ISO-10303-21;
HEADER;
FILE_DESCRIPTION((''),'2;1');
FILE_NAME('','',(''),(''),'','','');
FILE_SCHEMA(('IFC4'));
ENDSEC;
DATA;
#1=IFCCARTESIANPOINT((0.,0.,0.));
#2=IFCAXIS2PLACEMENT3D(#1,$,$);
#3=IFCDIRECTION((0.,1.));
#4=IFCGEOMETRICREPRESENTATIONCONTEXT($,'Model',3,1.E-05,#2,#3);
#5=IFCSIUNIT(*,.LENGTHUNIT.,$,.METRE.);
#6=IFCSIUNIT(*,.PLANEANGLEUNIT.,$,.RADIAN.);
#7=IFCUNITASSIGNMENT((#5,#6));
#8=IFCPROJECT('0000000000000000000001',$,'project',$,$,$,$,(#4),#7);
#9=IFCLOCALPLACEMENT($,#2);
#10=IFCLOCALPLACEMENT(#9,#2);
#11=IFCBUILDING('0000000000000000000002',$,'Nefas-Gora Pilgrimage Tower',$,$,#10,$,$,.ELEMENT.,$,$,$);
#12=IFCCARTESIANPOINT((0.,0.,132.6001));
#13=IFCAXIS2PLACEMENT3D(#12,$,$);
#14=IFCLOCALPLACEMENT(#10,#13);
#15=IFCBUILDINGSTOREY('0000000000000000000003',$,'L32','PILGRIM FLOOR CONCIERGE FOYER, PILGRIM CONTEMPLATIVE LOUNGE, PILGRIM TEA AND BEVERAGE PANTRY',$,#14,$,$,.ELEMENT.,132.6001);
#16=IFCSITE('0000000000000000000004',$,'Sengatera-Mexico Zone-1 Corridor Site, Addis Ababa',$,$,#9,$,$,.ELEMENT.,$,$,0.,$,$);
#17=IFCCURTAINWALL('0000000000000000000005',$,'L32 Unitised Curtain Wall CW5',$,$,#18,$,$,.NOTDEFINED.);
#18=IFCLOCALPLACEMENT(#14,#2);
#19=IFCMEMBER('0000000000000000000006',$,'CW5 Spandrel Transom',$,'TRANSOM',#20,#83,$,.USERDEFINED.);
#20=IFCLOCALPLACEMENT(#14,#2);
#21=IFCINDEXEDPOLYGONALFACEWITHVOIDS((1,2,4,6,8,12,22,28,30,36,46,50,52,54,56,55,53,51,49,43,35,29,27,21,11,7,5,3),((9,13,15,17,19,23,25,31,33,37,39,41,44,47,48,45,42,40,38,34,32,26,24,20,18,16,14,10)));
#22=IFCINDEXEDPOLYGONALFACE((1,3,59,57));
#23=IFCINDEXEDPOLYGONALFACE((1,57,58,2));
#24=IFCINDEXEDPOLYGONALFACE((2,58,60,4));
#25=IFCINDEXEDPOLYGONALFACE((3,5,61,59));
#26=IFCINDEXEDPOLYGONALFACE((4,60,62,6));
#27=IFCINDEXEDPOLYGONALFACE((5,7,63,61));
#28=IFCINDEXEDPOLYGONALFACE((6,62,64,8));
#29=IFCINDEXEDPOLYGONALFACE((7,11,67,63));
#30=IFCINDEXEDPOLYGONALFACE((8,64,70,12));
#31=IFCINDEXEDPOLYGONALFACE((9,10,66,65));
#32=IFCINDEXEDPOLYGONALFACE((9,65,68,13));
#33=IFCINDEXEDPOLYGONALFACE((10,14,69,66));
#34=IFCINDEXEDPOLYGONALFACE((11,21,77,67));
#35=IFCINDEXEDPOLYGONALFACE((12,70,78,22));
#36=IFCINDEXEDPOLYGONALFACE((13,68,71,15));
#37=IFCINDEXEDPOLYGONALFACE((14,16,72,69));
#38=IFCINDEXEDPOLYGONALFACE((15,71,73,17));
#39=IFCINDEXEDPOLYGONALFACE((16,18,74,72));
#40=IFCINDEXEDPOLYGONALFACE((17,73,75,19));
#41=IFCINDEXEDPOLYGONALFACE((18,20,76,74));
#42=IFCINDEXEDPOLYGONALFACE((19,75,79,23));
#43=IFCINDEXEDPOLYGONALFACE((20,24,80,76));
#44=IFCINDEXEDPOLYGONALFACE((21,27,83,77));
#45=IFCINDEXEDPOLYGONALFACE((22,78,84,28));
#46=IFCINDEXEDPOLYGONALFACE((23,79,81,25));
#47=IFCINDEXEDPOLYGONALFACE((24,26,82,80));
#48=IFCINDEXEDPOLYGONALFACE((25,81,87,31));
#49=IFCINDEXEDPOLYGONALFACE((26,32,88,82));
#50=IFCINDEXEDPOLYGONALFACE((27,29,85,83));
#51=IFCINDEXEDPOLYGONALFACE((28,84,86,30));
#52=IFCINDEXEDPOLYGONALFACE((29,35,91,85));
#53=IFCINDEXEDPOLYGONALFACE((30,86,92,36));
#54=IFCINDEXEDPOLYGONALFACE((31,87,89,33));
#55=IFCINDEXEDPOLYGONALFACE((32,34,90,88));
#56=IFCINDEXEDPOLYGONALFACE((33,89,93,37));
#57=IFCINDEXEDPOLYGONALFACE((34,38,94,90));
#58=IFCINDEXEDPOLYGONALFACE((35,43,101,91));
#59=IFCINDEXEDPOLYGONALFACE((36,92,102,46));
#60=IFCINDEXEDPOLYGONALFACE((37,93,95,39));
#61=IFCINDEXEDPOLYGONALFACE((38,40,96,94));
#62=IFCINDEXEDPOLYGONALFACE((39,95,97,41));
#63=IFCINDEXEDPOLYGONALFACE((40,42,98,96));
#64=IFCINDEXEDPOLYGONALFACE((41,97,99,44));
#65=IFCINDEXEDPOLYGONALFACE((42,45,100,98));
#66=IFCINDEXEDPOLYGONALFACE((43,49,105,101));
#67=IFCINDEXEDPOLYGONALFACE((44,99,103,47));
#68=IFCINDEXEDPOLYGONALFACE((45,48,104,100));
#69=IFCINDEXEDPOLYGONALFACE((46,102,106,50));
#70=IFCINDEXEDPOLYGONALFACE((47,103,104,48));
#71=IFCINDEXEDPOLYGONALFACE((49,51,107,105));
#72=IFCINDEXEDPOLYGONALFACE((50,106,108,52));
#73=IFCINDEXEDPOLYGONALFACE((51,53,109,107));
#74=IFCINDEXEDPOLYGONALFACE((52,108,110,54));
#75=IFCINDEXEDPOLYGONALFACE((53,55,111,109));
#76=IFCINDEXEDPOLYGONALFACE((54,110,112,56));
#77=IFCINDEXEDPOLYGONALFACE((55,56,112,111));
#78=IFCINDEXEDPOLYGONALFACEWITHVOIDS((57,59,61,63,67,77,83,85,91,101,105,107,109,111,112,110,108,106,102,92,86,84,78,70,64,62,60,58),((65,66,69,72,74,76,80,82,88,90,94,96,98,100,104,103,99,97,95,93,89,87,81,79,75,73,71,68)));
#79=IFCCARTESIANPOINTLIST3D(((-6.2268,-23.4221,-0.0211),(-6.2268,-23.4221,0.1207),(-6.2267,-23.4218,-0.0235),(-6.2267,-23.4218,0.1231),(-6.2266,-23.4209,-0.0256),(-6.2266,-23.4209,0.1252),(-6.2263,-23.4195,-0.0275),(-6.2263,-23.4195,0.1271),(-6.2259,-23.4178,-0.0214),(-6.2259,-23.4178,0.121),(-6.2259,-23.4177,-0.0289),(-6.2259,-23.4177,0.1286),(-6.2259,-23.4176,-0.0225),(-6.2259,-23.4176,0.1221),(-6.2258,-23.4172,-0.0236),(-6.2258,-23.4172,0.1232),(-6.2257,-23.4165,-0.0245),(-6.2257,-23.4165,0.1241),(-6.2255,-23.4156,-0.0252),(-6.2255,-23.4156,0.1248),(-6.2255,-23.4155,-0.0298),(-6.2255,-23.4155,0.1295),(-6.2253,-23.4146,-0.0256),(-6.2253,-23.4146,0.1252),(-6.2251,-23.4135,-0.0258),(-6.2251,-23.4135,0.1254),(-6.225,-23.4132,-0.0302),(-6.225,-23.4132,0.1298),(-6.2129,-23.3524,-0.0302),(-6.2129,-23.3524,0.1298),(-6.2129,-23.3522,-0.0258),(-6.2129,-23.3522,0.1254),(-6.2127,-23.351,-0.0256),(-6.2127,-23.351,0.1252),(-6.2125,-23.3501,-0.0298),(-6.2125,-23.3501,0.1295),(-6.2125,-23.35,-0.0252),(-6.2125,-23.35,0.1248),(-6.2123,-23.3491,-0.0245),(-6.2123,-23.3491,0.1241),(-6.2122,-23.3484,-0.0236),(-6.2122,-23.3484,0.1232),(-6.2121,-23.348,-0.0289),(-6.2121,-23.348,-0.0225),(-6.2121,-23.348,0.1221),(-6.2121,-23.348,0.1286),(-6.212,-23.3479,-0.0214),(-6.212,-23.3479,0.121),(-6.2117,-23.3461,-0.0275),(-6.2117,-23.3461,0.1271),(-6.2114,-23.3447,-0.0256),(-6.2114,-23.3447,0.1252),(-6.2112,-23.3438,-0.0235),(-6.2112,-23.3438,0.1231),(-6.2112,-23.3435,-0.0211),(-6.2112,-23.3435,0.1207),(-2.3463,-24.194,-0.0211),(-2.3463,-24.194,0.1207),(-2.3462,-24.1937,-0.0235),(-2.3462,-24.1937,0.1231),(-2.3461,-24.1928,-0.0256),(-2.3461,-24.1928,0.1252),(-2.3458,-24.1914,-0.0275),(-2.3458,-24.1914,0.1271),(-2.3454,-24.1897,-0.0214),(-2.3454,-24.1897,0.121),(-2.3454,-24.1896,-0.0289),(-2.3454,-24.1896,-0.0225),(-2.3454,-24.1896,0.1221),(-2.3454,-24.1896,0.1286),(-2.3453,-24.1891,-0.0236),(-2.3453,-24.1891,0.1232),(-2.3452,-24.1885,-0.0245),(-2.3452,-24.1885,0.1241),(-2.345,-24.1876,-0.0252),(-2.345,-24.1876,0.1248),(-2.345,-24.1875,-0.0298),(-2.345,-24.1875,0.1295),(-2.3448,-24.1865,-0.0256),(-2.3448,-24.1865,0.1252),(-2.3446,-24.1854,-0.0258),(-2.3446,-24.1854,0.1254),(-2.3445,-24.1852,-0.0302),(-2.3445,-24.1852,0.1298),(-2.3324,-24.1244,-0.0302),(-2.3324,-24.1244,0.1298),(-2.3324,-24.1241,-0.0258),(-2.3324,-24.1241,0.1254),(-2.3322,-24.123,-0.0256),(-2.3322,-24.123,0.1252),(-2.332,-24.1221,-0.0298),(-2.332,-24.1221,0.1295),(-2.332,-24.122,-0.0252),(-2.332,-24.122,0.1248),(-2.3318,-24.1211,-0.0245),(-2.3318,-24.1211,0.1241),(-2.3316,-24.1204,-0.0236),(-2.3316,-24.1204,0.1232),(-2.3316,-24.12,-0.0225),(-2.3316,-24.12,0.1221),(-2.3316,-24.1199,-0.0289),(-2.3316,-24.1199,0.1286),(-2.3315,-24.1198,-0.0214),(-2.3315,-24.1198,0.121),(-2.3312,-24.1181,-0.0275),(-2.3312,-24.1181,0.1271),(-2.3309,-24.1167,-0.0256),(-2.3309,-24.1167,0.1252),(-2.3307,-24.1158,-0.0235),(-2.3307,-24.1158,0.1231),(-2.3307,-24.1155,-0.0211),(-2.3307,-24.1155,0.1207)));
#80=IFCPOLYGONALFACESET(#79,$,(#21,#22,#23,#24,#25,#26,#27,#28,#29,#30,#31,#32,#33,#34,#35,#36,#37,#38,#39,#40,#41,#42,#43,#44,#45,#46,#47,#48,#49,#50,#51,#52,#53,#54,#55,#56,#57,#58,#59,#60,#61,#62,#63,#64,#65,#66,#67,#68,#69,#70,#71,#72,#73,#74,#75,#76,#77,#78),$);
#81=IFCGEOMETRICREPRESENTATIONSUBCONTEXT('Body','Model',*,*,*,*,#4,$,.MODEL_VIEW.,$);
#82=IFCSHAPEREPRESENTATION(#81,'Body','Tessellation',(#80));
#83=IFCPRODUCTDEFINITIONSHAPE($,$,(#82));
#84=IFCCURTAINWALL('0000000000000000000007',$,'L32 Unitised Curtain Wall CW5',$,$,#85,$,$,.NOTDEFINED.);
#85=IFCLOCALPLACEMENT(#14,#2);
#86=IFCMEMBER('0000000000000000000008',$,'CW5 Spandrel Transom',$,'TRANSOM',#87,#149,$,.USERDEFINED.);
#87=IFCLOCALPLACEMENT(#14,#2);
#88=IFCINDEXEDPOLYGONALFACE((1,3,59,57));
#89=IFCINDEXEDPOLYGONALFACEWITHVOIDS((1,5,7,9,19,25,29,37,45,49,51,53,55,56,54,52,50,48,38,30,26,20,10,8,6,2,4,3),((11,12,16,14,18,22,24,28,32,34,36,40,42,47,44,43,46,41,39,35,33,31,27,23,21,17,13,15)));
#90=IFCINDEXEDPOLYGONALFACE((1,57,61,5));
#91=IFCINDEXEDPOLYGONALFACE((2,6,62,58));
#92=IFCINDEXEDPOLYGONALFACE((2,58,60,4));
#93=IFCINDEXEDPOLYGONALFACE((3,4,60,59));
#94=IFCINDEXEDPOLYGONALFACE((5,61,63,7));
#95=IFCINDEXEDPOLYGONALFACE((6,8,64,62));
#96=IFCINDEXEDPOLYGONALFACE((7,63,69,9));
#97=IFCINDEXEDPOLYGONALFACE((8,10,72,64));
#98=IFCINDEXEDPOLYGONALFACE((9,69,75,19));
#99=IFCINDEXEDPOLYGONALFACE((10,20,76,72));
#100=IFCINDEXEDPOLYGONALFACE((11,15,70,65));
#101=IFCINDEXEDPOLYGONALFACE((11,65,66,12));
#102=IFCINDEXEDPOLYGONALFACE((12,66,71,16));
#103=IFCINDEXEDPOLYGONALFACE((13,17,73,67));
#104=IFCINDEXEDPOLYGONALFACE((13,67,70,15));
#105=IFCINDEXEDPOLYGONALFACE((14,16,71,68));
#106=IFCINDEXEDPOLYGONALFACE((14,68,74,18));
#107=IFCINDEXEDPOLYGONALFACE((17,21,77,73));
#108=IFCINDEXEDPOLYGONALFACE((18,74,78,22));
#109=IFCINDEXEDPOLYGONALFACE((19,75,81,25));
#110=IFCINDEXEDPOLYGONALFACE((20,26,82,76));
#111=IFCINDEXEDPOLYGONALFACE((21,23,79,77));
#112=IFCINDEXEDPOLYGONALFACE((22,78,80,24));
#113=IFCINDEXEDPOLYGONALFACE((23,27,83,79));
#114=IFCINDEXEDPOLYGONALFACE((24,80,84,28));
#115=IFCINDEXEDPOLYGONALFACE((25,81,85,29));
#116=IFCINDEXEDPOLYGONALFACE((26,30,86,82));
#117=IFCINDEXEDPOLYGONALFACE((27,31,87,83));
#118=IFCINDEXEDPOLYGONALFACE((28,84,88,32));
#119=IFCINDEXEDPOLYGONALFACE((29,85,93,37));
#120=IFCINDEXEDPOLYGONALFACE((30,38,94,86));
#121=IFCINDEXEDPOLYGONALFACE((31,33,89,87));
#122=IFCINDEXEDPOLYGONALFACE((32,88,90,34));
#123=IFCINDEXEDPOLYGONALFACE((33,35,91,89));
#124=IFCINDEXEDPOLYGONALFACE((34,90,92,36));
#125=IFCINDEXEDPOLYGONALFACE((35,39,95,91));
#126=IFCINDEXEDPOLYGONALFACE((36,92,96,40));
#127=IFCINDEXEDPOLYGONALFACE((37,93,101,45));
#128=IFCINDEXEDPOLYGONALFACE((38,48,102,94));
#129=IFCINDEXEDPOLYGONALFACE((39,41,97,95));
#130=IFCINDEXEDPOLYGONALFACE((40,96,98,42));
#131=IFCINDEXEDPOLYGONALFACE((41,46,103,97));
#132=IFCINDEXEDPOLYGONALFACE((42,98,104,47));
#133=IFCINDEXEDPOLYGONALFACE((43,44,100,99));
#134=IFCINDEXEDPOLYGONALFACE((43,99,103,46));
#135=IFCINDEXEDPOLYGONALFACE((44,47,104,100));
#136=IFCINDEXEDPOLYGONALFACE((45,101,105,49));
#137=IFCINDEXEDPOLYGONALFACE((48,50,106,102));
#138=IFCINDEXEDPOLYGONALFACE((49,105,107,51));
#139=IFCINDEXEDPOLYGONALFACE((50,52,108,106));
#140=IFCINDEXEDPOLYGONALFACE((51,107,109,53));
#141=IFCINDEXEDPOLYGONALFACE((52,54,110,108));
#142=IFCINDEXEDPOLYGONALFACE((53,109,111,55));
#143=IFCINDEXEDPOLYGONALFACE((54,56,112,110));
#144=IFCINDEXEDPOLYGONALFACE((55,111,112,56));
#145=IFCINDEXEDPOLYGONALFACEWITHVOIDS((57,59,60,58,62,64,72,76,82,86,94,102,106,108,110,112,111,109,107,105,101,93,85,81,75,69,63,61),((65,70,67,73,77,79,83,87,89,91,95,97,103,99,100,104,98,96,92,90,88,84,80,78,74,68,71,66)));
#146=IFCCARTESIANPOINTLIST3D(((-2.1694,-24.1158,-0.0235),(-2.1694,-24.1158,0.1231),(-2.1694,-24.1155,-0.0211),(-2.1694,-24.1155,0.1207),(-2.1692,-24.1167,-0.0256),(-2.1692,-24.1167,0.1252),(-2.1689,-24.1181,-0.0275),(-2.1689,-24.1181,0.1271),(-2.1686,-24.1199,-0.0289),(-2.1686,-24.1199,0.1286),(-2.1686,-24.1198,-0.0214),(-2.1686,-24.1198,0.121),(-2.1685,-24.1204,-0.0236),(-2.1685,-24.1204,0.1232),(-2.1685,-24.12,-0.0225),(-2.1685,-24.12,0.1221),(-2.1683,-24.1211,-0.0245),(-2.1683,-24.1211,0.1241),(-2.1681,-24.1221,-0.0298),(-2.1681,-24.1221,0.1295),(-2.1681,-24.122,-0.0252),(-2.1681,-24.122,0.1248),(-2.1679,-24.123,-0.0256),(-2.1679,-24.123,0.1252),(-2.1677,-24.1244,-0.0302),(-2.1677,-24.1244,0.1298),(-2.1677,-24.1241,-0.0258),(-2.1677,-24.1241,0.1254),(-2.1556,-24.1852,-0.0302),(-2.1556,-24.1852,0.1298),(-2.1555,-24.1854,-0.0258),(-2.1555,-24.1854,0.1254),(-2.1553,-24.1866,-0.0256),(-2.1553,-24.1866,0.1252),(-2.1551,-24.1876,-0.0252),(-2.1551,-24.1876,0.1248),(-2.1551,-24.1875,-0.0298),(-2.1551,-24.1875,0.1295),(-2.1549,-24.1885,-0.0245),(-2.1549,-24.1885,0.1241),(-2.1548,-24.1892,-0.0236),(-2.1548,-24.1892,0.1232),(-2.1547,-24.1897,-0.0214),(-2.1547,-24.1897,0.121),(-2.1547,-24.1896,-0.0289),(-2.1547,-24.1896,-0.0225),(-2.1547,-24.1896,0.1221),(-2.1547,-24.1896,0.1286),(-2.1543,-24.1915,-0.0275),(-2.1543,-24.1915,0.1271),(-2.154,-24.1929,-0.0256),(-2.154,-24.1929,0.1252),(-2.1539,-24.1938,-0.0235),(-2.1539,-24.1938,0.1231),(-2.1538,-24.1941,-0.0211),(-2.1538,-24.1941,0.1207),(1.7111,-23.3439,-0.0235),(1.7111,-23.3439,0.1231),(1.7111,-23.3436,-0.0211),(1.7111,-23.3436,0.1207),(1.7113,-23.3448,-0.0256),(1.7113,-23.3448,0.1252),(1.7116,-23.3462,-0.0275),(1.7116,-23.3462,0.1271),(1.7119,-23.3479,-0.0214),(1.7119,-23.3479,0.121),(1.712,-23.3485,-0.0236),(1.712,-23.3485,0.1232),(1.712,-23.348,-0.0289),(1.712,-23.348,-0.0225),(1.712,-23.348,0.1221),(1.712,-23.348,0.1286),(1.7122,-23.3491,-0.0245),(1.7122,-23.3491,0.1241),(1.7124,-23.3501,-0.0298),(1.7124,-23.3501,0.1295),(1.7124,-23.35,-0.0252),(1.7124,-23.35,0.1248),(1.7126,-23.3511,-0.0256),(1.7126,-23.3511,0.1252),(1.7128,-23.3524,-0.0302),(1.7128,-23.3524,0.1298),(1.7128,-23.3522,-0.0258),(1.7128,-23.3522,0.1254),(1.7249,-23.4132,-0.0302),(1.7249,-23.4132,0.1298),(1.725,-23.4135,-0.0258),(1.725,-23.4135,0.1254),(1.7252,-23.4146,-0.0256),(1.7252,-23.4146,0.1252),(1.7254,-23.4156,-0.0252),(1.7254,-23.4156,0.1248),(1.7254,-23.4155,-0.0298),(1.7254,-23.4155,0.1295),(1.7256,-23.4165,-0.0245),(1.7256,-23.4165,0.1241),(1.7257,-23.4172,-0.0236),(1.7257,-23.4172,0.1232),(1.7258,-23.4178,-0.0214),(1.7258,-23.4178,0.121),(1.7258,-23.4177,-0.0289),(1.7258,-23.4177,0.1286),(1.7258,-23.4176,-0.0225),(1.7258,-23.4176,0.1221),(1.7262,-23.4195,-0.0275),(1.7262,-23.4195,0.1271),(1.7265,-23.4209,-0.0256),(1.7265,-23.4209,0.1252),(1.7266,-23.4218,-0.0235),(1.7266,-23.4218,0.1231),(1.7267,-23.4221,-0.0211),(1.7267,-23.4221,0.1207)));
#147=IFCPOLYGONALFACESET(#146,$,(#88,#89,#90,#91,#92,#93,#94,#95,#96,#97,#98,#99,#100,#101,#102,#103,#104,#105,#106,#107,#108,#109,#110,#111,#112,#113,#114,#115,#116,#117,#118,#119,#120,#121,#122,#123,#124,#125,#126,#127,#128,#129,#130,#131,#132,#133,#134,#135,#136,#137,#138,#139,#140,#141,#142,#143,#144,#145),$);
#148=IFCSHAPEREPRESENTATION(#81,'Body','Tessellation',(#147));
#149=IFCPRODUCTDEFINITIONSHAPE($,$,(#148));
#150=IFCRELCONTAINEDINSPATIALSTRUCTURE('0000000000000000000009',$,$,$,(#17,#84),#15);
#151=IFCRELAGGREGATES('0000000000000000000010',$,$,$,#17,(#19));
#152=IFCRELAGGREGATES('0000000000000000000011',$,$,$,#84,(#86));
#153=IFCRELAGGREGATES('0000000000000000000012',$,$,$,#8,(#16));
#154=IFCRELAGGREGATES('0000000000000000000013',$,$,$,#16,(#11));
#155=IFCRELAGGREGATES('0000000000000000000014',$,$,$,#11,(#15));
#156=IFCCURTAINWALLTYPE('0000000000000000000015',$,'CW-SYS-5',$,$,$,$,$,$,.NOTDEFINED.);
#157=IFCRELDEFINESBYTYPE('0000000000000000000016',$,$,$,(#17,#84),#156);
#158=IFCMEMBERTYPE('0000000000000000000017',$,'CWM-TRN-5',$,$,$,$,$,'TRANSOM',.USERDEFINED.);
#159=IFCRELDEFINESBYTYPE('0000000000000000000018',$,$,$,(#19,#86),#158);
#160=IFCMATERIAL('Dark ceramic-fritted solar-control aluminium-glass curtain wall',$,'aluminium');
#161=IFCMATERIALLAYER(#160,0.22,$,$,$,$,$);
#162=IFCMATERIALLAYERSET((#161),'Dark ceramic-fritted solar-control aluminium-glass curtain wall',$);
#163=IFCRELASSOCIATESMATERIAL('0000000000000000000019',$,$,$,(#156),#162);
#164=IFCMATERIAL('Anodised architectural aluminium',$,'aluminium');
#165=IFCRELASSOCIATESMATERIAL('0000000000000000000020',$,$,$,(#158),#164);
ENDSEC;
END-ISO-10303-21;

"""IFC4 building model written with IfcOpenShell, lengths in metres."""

from ifc_helpers import new_model, si_unit, direction, frame, origin, origin_2d, place, context, subcontext, project, spatial, hollow_rectangle, extrude, source, transform, mapped, material, layer, layer_set, material_profile, profile_set, type_object, element, aggregate, save


model = new_model("IFC4")

# Units and contexts
model_context = context("Model", 3, precision=1e-05, world=origin(), true_north=direction((0.0, 1.0)))
body_context = subcontext(model_context, "Body", "Model", "MODEL_VIEW")
ifc_project = project(units=[si_unit("LENGTHUNIT", "METRE"), si_unit("PLANEANGLEUNIT", "RADIAN")], contexts=[model_context])

# Site, building, storey
site_placement = place(None, origin())
site = spatial("IfcSite", under=ifc_project, at=site_placement, Name="Sengatera-Mexico Zone-1 Corridor Site, Addis Ababa", CompositionType="ELEMENT", RefElevation=0.0)
building_placement = place(site_placement, origin())
building = spatial("IfcBuilding", under=site, at=building_placement, Name="Nefas-Gora Pilgrimage Tower", CompositionType="ELEMENT")
storey_placement = place(building_placement, frame((0.0, 0.0, 132.6001)))
storey = spatial("IfcBuildingStorey", under=building, at=storey_placement, Name="L32", Description="PILGRIM FLOOR CONCIERGE FOYER, PILGRIM CONTEMPLATIVE LOUNGE, PILGRIM TEA AND BEVERAGE PANTRY", CompositionType="ELEMENT", Elevation=132.6001)

# Curtain walls, members
ifc_material_1 = material(Name="Dark ceramic-fritted solar-control aluminium-glass curtain wall", Category="aluminium")
ifc_layer_1 = layer(ifc_material_1, 0.22)
ifc_layer_set_1 = layer_set([ifc_layer_1], Name="Dark ceramic-fritted solar-control aluminium-glass curtain wall")
curtain_wall_type = type_object("IfcCurtainWallType", Name="CW-SYS-5", PredefinedType="NOTDEFINED", material=ifc_layer_set_1)
curtain_wall_1_placement = place(storey_placement, origin())
curtain_wall_1 = element("IfcCurtainWall", 1, at=curtain_wall_1_placement, inside=storey, type_object=curtain_wall_type, Name="L32 Unitised Curtain Wall CW5", PredefinedType="NOTDEFINED")
ifc_material_2 = material(Name="Anodised architectural aluminium", Category="aluminium")
ifc_material_profile_1 = material_profile(ifc_material_2, hollow_rectangle(XDim=0.0801, YDim=0.1599, WallThickness=0.0044, InnerFilletRadius=0.0044, OuterFilletRadius=0.009, at=origin_2d()), Name="ALU TRANSOM 80x160")
ifc_profile_set_1 = profile_set([ifc_material_profile_1], Name="Anodised architectural aluminium")
member_type_1 = type_object("IfcMemberType", Name="CWM-TRN-5", ElementType="TRANSOM", PredefinedType="USERDEFINED", material=ifc_profile_set_1)
shared_shape_1 = source(origin(), body_context, "Body", "SweptSolid", [
    extrude(hollow_rectangle(XDim=0.0801, YDim=0.1599, WallThickness=0.0044, InnerFilletRadius=0.0044, OuterFilletRadius=0.009, at=origin_2d()), origin(), (0.0, 0.0, 1.0), 3.9565),
])
member_1_placement = place(storey_placement, frame((-6.219, -23.3828, 0.0498), z_axis=(0.980782, -0.195107, 0.0), x_axis=(0.195107, 0.980782, 0.0)))
member_1 = element("IfcMember", 2, at=member_1_placement, type_object=member_type_1, Name="CW5 Spandrel Transom", ObjectType="TRANSOM", PredefinedType="USERDEFINED", context=body_context, shape_type="MappedRepresentation", body=[
    mapped(shared_shape_1, transform((0.0, 0.0, 0.0), x_axis=(1.0, 0.0, 0.0), y_axis=(0.0, 1.0, 0.0), z_axis=(0.0, 0.0, 1.0), scale=1.0)),
])
curtain_wall_2_placement = place(storey_placement, origin())
curtain_wall_2 = element("IfcCurtainWall", 3, at=curtain_wall_2_placement, inside=storey, type_object=curtain_wall_type, Name="L32 Unitised Curtain Wall CW5", PredefinedType="NOTDEFINED")
member_2_placement = place(storey_placement, frame((-2.1616, -24.1548, 0.0498), z_axis=(0.980782, 0.195107, 0.0), x_axis=(-0.195107, 0.980782, 0.0)))
member_2 = element("IfcMember", 4, at=member_2_placement, type_object=member_type_1, Name="CW5 Spandrel Transom", ObjectType="TRANSOM", PredefinedType="USERDEFINED", context=body_context, shape_type="MappedRepresentation", body=[
    mapped(shared_shape_1, transform((0.0, 0.0, 0.0), x_axis=(1.0, 0.0, 0.0), y_axis=(0.0, 1.0, 0.0), z_axis=(0.0, 0.0, 1.0), scale=1.0)),
])

aggregate(curtain_wall_1, [member_1])
aggregate(curtain_wall_2, [member_2])

save(model, "model.ifc")
